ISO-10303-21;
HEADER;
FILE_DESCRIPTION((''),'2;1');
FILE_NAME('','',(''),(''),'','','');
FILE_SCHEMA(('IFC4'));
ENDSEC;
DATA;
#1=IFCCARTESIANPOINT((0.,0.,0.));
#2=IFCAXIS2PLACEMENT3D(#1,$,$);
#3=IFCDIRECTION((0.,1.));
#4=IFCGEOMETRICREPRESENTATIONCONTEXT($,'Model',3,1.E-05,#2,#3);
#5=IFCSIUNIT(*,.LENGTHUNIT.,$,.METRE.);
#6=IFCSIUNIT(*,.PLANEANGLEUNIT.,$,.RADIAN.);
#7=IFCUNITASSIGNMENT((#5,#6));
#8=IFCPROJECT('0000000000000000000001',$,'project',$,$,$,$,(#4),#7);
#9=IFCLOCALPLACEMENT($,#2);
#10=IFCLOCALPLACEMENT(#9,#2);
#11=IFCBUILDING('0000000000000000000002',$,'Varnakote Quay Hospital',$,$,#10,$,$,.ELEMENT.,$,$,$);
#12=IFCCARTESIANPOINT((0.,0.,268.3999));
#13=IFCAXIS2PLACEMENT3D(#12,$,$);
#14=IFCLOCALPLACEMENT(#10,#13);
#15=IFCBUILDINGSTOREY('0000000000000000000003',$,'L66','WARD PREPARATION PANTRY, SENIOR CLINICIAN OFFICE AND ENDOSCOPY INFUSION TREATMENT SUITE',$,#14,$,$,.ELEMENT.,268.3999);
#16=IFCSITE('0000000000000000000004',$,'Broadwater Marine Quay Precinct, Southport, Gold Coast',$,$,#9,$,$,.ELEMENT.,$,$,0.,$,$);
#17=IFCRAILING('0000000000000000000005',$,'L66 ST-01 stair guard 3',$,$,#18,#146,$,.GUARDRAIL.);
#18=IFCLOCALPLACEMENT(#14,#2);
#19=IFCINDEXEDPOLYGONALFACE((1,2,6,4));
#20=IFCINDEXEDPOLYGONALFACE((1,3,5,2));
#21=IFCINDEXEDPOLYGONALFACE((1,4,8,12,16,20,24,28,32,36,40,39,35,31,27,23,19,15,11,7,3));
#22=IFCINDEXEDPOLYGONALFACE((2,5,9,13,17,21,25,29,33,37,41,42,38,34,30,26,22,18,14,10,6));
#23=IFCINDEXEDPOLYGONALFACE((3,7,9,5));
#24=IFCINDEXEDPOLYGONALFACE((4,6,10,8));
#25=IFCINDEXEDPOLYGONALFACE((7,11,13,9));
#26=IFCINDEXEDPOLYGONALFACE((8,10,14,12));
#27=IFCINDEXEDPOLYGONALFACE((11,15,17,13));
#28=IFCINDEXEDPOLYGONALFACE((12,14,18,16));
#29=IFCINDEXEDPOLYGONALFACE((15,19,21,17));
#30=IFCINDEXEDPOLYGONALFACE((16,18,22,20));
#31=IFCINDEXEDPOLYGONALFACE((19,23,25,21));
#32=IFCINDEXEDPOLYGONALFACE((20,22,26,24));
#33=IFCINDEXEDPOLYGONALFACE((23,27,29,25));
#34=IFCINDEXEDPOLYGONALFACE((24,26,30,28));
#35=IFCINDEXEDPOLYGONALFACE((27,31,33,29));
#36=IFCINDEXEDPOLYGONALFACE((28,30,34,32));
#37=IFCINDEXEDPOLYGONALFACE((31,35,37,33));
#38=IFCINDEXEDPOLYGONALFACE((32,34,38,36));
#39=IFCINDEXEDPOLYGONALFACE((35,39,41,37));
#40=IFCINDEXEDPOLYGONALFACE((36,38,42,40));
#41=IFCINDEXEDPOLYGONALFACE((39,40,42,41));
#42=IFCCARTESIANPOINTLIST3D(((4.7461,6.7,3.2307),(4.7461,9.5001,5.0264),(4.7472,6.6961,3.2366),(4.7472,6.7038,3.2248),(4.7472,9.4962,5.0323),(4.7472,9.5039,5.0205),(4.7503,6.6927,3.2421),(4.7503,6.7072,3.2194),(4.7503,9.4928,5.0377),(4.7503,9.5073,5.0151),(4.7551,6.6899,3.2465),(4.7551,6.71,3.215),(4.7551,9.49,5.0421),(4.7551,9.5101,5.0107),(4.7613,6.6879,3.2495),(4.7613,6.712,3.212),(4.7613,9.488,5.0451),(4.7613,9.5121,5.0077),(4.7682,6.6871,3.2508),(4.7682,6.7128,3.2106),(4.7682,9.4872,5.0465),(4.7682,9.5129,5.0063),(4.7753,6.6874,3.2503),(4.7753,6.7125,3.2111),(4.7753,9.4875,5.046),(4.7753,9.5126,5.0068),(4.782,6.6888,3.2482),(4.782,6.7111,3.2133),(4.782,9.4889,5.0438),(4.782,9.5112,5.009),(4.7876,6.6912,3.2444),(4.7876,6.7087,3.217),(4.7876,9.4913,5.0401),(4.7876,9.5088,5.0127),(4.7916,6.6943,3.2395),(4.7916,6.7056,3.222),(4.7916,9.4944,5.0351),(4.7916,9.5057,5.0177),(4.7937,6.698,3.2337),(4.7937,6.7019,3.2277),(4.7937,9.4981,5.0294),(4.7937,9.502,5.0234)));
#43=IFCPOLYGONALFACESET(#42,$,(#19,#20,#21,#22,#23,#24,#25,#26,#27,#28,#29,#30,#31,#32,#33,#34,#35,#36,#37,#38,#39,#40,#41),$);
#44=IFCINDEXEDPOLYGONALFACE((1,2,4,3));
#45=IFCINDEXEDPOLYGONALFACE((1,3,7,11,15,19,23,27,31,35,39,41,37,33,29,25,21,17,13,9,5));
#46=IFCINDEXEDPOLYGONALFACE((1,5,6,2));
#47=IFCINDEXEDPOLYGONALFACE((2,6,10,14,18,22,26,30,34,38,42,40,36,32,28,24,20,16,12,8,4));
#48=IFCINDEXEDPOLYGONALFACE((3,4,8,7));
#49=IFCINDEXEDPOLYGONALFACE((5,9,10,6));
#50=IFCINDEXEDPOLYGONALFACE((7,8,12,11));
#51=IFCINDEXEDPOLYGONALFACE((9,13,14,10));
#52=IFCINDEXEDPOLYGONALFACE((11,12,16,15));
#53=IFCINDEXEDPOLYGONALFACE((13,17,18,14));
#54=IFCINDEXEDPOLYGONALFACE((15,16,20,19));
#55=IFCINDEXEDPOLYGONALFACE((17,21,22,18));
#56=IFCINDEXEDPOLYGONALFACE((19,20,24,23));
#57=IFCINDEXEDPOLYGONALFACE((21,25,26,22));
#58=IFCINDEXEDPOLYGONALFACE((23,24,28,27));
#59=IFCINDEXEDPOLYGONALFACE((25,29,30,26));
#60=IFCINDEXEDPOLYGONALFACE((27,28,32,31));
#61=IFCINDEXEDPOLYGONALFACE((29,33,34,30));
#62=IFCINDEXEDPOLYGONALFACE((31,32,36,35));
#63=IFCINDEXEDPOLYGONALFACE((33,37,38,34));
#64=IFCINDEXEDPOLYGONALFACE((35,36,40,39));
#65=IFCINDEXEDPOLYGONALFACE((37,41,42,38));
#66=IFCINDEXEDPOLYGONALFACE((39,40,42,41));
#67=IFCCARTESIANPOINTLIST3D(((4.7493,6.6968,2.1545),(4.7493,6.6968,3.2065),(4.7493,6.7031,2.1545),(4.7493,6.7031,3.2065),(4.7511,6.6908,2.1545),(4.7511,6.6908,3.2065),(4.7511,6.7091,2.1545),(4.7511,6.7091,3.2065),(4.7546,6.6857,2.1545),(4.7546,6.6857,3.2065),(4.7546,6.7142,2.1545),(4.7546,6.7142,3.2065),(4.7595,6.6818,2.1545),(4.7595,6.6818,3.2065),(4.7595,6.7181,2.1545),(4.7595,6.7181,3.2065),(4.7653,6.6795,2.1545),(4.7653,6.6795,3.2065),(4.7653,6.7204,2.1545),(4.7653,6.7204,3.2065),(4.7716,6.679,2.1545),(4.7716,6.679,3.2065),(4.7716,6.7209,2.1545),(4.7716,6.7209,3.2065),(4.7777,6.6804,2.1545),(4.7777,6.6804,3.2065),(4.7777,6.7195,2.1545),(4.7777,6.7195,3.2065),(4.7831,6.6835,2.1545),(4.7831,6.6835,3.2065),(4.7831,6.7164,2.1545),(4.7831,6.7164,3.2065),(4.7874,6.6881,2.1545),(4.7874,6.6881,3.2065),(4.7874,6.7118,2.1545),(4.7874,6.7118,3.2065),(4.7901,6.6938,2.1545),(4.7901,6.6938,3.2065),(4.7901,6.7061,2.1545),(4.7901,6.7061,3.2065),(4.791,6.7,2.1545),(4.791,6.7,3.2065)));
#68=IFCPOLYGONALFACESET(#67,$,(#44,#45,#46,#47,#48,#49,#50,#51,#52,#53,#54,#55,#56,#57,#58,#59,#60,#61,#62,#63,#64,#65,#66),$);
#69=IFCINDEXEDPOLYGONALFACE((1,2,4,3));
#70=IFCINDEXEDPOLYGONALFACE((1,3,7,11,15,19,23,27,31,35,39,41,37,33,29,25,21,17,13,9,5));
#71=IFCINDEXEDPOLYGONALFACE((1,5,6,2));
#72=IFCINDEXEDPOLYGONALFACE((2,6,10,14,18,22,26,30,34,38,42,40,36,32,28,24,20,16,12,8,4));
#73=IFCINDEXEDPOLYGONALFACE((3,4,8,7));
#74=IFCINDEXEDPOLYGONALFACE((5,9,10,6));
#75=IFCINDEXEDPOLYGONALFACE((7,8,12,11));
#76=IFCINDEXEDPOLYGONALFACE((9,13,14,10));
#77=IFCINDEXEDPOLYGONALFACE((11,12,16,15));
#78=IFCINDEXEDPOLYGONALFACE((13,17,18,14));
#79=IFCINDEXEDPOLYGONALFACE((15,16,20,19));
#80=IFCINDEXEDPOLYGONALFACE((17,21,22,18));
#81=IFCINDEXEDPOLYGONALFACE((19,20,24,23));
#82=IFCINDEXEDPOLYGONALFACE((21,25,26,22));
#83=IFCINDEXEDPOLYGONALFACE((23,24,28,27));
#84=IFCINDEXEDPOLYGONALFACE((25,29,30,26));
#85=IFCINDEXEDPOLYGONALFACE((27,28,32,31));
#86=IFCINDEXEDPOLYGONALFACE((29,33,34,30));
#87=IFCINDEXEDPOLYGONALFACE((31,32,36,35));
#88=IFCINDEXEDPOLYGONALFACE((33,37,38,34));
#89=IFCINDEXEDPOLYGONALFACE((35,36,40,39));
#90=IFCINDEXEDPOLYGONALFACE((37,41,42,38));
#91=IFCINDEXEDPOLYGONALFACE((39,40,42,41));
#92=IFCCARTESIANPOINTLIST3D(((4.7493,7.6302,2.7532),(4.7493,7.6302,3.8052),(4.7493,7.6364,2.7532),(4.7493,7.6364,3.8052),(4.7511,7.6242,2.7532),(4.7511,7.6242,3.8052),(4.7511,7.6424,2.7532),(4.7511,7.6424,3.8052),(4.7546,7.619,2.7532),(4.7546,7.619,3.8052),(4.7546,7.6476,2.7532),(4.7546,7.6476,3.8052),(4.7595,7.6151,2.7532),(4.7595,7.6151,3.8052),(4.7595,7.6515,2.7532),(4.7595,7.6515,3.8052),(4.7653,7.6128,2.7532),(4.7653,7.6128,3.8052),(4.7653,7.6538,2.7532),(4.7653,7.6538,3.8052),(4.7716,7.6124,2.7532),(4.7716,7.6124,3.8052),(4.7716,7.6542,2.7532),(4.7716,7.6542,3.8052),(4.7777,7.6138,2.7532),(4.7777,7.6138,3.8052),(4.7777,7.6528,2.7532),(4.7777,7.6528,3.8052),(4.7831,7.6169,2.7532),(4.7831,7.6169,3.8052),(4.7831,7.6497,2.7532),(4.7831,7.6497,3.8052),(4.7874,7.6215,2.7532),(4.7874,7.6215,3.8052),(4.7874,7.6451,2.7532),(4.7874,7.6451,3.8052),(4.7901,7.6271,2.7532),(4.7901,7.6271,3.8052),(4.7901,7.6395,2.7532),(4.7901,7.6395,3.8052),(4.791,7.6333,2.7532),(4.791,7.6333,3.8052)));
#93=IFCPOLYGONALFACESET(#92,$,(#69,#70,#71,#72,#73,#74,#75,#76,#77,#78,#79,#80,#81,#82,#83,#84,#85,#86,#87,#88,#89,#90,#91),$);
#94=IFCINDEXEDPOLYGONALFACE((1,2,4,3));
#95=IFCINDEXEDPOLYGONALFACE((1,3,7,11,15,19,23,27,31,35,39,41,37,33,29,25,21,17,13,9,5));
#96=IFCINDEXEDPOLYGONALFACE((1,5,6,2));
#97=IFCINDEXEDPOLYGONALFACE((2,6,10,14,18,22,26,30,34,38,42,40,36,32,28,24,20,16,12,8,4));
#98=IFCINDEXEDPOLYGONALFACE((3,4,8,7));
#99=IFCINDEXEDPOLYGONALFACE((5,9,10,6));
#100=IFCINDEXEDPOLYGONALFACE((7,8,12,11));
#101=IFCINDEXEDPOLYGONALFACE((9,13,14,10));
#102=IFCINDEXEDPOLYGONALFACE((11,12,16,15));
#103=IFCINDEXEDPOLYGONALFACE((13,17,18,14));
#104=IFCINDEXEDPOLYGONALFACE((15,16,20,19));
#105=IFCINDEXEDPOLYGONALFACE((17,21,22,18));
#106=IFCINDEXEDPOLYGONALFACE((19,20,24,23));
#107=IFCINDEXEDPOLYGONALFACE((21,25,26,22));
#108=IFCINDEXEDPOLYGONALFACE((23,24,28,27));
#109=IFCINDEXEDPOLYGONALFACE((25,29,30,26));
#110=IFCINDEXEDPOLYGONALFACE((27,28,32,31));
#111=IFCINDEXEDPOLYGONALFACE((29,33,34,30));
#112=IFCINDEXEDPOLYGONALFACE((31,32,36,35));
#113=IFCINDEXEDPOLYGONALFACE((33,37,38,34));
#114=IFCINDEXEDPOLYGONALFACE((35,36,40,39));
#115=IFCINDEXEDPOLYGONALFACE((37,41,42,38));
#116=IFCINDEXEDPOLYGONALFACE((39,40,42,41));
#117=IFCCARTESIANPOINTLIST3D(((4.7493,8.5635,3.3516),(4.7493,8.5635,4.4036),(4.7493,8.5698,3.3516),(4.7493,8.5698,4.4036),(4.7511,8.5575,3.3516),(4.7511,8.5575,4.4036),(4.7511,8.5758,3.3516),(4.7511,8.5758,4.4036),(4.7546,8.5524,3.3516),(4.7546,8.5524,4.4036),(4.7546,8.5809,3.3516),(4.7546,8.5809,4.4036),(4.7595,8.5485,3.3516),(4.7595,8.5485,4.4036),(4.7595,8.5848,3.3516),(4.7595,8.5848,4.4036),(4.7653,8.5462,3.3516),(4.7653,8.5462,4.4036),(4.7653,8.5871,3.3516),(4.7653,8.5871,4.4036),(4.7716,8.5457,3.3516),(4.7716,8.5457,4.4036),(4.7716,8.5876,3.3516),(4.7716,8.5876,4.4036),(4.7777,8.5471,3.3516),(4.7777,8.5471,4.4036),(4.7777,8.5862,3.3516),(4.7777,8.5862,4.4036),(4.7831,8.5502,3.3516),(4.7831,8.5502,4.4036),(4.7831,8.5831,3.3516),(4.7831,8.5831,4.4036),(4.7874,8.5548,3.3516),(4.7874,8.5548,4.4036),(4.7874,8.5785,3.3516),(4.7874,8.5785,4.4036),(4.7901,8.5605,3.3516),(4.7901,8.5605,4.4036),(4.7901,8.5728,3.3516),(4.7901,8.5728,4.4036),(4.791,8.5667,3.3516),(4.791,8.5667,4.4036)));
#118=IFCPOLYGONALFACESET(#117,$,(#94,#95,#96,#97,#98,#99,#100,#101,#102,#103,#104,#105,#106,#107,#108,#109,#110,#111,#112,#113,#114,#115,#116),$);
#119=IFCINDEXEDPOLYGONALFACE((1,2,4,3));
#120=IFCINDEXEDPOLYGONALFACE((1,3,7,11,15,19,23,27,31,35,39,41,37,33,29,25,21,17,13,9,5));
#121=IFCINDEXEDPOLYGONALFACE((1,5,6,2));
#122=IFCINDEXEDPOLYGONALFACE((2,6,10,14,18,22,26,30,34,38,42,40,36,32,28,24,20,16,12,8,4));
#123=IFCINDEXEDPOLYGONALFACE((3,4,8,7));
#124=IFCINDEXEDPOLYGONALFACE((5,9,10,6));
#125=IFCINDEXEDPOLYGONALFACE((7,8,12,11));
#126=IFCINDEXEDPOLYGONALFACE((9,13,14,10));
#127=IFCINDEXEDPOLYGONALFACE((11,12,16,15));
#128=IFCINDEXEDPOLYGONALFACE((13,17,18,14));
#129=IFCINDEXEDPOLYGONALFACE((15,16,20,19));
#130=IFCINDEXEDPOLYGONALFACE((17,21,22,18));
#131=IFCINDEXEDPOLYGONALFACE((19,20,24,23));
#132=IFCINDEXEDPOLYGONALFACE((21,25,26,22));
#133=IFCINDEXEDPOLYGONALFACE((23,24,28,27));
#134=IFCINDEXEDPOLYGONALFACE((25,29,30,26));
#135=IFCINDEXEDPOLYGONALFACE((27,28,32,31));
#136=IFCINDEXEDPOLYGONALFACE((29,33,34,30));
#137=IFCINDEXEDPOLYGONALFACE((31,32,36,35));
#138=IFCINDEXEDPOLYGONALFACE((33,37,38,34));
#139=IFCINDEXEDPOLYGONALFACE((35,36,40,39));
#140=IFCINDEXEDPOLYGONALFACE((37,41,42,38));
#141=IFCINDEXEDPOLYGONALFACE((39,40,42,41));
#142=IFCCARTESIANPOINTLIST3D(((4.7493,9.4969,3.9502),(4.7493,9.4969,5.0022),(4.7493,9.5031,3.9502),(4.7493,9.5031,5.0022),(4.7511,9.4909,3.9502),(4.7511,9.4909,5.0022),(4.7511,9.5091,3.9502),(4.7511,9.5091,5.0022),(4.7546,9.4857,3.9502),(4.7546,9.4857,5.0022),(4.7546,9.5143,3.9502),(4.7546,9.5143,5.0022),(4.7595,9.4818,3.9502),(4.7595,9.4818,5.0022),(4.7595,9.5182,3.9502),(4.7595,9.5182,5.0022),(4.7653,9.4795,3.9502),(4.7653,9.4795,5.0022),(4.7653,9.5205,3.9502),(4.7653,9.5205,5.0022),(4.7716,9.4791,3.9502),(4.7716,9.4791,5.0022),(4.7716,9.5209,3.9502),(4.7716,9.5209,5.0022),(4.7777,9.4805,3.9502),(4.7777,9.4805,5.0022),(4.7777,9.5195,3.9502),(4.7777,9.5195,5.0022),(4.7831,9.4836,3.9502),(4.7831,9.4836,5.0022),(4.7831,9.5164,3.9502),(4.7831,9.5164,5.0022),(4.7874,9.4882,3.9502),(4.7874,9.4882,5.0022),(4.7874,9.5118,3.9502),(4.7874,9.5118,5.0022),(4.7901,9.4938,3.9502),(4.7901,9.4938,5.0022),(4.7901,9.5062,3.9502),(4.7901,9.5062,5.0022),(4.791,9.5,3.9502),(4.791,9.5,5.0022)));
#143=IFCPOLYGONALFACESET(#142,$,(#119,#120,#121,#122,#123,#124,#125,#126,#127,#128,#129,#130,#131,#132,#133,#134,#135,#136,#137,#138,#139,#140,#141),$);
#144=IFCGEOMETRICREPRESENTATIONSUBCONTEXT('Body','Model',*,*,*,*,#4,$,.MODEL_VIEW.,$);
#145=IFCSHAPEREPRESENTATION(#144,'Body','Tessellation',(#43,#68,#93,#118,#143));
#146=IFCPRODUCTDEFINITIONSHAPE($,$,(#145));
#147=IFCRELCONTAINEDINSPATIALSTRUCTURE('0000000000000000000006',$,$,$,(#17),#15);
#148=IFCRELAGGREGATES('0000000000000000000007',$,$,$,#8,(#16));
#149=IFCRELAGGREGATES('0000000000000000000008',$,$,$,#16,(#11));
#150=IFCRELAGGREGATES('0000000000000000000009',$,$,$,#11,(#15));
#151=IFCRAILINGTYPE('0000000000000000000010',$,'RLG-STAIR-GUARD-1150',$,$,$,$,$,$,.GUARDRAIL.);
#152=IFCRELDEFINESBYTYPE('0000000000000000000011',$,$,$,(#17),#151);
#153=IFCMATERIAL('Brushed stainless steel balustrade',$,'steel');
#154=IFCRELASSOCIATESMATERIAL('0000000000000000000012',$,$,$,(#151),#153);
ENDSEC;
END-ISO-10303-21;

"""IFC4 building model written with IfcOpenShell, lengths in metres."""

from ifc_helpers import new_model, si_unit, direction, frame, origin, origin_2d, place, context, subcontext, project, spatial, circle, extrude, material, type_object, element, save


model = new_model("IFC4")

# Units and contexts
model_context = context("Model", 3, precision=1e-05, world=origin(), true_north=direction((0.0, 1.0)))
body_context = subcontext(model_context, "Body", "Model", "MODEL_VIEW")
ifc_project = project(units=[si_unit("LENGTHUNIT", "METRE"), si_unit("PLANEANGLEUNIT", "RADIAN")], contexts=[model_context])

# Site, building, storey
site_placement = place(None, origin())
site = spatial("IfcSite", under=ifc_project, at=site_placement, Name="Broadwater Marine Quay Precinct, Southport, Gold Coast", CompositionType="ELEMENT", RefElevation=0.0)
building_placement = place(site_placement, origin())
building = spatial("IfcBuilding", under=site, at=building_placement, Name="Varnakote Quay Hospital", CompositionType="ELEMENT")
storey_placement = place(building_placement, frame((0.0, 0.0, 268.3999)))
storey = spatial("IfcBuildingStorey", under=building, at=storey_placement, Name="L66", Description="WARD PREPARATION PANTRY, SENIOR CLINICIAN OFFICE AND ENDOSCOPY INFUSION TREATMENT SUITE", CompositionType="ELEMENT", Elevation=268.3999)

# Railing
ifc_material_1 = material(Name="Brushed stainless steel balustrade", Category="steel")
railing_type_1 = type_object("IfcRailingType", Name="RLG-STAIR-GUARD-1150", PredefinedType="GUARDRAIL", material=ifc_material_1)
railing_1_placement = place(storey_placement, frame((4.77, 6.7, 2.1545)))
element("IfcRailing", 1, at=railing_1_placement, inside=storey, type_object=railing_type_1, Name="L66 ST-01 stair guard 3", PredefinedType="GUARDRAIL", context=body_context, shape_type="SweptSolid", body=[
    extrude(circle(Radius=0.0239, at=origin_2d()), frame((0.0, 0.0, 1.0762), z_axis=(0.0, 0.841777, 0.539826), x_axis=(-1.0, 0.0, 0.0)), (0.0, 0.0, 1.0), 3.3264),
    extrude(circle(Radius=0.021, at=origin_2d()), origin(), (0.0, 0.0, 1.0), 1.052),
    extrude(circle(Radius=0.021, at=origin_2d()), frame((0.0, 0.9333, 0.5986)), (0.0, 0.0, 1.0), 1.052),
    extrude(circle(Radius=0.021, at=origin_2d()), frame((0.0, 1.8667, 1.197)), (0.0, 0.0, 1.0), 1.052),
    extrude(circle(Radius=0.021, at=origin_2d()), frame((0.0, 2.8, 1.7957)), (0.0, 0.0, 1.0), 1.052),
])

save(model, "model.ifc")
